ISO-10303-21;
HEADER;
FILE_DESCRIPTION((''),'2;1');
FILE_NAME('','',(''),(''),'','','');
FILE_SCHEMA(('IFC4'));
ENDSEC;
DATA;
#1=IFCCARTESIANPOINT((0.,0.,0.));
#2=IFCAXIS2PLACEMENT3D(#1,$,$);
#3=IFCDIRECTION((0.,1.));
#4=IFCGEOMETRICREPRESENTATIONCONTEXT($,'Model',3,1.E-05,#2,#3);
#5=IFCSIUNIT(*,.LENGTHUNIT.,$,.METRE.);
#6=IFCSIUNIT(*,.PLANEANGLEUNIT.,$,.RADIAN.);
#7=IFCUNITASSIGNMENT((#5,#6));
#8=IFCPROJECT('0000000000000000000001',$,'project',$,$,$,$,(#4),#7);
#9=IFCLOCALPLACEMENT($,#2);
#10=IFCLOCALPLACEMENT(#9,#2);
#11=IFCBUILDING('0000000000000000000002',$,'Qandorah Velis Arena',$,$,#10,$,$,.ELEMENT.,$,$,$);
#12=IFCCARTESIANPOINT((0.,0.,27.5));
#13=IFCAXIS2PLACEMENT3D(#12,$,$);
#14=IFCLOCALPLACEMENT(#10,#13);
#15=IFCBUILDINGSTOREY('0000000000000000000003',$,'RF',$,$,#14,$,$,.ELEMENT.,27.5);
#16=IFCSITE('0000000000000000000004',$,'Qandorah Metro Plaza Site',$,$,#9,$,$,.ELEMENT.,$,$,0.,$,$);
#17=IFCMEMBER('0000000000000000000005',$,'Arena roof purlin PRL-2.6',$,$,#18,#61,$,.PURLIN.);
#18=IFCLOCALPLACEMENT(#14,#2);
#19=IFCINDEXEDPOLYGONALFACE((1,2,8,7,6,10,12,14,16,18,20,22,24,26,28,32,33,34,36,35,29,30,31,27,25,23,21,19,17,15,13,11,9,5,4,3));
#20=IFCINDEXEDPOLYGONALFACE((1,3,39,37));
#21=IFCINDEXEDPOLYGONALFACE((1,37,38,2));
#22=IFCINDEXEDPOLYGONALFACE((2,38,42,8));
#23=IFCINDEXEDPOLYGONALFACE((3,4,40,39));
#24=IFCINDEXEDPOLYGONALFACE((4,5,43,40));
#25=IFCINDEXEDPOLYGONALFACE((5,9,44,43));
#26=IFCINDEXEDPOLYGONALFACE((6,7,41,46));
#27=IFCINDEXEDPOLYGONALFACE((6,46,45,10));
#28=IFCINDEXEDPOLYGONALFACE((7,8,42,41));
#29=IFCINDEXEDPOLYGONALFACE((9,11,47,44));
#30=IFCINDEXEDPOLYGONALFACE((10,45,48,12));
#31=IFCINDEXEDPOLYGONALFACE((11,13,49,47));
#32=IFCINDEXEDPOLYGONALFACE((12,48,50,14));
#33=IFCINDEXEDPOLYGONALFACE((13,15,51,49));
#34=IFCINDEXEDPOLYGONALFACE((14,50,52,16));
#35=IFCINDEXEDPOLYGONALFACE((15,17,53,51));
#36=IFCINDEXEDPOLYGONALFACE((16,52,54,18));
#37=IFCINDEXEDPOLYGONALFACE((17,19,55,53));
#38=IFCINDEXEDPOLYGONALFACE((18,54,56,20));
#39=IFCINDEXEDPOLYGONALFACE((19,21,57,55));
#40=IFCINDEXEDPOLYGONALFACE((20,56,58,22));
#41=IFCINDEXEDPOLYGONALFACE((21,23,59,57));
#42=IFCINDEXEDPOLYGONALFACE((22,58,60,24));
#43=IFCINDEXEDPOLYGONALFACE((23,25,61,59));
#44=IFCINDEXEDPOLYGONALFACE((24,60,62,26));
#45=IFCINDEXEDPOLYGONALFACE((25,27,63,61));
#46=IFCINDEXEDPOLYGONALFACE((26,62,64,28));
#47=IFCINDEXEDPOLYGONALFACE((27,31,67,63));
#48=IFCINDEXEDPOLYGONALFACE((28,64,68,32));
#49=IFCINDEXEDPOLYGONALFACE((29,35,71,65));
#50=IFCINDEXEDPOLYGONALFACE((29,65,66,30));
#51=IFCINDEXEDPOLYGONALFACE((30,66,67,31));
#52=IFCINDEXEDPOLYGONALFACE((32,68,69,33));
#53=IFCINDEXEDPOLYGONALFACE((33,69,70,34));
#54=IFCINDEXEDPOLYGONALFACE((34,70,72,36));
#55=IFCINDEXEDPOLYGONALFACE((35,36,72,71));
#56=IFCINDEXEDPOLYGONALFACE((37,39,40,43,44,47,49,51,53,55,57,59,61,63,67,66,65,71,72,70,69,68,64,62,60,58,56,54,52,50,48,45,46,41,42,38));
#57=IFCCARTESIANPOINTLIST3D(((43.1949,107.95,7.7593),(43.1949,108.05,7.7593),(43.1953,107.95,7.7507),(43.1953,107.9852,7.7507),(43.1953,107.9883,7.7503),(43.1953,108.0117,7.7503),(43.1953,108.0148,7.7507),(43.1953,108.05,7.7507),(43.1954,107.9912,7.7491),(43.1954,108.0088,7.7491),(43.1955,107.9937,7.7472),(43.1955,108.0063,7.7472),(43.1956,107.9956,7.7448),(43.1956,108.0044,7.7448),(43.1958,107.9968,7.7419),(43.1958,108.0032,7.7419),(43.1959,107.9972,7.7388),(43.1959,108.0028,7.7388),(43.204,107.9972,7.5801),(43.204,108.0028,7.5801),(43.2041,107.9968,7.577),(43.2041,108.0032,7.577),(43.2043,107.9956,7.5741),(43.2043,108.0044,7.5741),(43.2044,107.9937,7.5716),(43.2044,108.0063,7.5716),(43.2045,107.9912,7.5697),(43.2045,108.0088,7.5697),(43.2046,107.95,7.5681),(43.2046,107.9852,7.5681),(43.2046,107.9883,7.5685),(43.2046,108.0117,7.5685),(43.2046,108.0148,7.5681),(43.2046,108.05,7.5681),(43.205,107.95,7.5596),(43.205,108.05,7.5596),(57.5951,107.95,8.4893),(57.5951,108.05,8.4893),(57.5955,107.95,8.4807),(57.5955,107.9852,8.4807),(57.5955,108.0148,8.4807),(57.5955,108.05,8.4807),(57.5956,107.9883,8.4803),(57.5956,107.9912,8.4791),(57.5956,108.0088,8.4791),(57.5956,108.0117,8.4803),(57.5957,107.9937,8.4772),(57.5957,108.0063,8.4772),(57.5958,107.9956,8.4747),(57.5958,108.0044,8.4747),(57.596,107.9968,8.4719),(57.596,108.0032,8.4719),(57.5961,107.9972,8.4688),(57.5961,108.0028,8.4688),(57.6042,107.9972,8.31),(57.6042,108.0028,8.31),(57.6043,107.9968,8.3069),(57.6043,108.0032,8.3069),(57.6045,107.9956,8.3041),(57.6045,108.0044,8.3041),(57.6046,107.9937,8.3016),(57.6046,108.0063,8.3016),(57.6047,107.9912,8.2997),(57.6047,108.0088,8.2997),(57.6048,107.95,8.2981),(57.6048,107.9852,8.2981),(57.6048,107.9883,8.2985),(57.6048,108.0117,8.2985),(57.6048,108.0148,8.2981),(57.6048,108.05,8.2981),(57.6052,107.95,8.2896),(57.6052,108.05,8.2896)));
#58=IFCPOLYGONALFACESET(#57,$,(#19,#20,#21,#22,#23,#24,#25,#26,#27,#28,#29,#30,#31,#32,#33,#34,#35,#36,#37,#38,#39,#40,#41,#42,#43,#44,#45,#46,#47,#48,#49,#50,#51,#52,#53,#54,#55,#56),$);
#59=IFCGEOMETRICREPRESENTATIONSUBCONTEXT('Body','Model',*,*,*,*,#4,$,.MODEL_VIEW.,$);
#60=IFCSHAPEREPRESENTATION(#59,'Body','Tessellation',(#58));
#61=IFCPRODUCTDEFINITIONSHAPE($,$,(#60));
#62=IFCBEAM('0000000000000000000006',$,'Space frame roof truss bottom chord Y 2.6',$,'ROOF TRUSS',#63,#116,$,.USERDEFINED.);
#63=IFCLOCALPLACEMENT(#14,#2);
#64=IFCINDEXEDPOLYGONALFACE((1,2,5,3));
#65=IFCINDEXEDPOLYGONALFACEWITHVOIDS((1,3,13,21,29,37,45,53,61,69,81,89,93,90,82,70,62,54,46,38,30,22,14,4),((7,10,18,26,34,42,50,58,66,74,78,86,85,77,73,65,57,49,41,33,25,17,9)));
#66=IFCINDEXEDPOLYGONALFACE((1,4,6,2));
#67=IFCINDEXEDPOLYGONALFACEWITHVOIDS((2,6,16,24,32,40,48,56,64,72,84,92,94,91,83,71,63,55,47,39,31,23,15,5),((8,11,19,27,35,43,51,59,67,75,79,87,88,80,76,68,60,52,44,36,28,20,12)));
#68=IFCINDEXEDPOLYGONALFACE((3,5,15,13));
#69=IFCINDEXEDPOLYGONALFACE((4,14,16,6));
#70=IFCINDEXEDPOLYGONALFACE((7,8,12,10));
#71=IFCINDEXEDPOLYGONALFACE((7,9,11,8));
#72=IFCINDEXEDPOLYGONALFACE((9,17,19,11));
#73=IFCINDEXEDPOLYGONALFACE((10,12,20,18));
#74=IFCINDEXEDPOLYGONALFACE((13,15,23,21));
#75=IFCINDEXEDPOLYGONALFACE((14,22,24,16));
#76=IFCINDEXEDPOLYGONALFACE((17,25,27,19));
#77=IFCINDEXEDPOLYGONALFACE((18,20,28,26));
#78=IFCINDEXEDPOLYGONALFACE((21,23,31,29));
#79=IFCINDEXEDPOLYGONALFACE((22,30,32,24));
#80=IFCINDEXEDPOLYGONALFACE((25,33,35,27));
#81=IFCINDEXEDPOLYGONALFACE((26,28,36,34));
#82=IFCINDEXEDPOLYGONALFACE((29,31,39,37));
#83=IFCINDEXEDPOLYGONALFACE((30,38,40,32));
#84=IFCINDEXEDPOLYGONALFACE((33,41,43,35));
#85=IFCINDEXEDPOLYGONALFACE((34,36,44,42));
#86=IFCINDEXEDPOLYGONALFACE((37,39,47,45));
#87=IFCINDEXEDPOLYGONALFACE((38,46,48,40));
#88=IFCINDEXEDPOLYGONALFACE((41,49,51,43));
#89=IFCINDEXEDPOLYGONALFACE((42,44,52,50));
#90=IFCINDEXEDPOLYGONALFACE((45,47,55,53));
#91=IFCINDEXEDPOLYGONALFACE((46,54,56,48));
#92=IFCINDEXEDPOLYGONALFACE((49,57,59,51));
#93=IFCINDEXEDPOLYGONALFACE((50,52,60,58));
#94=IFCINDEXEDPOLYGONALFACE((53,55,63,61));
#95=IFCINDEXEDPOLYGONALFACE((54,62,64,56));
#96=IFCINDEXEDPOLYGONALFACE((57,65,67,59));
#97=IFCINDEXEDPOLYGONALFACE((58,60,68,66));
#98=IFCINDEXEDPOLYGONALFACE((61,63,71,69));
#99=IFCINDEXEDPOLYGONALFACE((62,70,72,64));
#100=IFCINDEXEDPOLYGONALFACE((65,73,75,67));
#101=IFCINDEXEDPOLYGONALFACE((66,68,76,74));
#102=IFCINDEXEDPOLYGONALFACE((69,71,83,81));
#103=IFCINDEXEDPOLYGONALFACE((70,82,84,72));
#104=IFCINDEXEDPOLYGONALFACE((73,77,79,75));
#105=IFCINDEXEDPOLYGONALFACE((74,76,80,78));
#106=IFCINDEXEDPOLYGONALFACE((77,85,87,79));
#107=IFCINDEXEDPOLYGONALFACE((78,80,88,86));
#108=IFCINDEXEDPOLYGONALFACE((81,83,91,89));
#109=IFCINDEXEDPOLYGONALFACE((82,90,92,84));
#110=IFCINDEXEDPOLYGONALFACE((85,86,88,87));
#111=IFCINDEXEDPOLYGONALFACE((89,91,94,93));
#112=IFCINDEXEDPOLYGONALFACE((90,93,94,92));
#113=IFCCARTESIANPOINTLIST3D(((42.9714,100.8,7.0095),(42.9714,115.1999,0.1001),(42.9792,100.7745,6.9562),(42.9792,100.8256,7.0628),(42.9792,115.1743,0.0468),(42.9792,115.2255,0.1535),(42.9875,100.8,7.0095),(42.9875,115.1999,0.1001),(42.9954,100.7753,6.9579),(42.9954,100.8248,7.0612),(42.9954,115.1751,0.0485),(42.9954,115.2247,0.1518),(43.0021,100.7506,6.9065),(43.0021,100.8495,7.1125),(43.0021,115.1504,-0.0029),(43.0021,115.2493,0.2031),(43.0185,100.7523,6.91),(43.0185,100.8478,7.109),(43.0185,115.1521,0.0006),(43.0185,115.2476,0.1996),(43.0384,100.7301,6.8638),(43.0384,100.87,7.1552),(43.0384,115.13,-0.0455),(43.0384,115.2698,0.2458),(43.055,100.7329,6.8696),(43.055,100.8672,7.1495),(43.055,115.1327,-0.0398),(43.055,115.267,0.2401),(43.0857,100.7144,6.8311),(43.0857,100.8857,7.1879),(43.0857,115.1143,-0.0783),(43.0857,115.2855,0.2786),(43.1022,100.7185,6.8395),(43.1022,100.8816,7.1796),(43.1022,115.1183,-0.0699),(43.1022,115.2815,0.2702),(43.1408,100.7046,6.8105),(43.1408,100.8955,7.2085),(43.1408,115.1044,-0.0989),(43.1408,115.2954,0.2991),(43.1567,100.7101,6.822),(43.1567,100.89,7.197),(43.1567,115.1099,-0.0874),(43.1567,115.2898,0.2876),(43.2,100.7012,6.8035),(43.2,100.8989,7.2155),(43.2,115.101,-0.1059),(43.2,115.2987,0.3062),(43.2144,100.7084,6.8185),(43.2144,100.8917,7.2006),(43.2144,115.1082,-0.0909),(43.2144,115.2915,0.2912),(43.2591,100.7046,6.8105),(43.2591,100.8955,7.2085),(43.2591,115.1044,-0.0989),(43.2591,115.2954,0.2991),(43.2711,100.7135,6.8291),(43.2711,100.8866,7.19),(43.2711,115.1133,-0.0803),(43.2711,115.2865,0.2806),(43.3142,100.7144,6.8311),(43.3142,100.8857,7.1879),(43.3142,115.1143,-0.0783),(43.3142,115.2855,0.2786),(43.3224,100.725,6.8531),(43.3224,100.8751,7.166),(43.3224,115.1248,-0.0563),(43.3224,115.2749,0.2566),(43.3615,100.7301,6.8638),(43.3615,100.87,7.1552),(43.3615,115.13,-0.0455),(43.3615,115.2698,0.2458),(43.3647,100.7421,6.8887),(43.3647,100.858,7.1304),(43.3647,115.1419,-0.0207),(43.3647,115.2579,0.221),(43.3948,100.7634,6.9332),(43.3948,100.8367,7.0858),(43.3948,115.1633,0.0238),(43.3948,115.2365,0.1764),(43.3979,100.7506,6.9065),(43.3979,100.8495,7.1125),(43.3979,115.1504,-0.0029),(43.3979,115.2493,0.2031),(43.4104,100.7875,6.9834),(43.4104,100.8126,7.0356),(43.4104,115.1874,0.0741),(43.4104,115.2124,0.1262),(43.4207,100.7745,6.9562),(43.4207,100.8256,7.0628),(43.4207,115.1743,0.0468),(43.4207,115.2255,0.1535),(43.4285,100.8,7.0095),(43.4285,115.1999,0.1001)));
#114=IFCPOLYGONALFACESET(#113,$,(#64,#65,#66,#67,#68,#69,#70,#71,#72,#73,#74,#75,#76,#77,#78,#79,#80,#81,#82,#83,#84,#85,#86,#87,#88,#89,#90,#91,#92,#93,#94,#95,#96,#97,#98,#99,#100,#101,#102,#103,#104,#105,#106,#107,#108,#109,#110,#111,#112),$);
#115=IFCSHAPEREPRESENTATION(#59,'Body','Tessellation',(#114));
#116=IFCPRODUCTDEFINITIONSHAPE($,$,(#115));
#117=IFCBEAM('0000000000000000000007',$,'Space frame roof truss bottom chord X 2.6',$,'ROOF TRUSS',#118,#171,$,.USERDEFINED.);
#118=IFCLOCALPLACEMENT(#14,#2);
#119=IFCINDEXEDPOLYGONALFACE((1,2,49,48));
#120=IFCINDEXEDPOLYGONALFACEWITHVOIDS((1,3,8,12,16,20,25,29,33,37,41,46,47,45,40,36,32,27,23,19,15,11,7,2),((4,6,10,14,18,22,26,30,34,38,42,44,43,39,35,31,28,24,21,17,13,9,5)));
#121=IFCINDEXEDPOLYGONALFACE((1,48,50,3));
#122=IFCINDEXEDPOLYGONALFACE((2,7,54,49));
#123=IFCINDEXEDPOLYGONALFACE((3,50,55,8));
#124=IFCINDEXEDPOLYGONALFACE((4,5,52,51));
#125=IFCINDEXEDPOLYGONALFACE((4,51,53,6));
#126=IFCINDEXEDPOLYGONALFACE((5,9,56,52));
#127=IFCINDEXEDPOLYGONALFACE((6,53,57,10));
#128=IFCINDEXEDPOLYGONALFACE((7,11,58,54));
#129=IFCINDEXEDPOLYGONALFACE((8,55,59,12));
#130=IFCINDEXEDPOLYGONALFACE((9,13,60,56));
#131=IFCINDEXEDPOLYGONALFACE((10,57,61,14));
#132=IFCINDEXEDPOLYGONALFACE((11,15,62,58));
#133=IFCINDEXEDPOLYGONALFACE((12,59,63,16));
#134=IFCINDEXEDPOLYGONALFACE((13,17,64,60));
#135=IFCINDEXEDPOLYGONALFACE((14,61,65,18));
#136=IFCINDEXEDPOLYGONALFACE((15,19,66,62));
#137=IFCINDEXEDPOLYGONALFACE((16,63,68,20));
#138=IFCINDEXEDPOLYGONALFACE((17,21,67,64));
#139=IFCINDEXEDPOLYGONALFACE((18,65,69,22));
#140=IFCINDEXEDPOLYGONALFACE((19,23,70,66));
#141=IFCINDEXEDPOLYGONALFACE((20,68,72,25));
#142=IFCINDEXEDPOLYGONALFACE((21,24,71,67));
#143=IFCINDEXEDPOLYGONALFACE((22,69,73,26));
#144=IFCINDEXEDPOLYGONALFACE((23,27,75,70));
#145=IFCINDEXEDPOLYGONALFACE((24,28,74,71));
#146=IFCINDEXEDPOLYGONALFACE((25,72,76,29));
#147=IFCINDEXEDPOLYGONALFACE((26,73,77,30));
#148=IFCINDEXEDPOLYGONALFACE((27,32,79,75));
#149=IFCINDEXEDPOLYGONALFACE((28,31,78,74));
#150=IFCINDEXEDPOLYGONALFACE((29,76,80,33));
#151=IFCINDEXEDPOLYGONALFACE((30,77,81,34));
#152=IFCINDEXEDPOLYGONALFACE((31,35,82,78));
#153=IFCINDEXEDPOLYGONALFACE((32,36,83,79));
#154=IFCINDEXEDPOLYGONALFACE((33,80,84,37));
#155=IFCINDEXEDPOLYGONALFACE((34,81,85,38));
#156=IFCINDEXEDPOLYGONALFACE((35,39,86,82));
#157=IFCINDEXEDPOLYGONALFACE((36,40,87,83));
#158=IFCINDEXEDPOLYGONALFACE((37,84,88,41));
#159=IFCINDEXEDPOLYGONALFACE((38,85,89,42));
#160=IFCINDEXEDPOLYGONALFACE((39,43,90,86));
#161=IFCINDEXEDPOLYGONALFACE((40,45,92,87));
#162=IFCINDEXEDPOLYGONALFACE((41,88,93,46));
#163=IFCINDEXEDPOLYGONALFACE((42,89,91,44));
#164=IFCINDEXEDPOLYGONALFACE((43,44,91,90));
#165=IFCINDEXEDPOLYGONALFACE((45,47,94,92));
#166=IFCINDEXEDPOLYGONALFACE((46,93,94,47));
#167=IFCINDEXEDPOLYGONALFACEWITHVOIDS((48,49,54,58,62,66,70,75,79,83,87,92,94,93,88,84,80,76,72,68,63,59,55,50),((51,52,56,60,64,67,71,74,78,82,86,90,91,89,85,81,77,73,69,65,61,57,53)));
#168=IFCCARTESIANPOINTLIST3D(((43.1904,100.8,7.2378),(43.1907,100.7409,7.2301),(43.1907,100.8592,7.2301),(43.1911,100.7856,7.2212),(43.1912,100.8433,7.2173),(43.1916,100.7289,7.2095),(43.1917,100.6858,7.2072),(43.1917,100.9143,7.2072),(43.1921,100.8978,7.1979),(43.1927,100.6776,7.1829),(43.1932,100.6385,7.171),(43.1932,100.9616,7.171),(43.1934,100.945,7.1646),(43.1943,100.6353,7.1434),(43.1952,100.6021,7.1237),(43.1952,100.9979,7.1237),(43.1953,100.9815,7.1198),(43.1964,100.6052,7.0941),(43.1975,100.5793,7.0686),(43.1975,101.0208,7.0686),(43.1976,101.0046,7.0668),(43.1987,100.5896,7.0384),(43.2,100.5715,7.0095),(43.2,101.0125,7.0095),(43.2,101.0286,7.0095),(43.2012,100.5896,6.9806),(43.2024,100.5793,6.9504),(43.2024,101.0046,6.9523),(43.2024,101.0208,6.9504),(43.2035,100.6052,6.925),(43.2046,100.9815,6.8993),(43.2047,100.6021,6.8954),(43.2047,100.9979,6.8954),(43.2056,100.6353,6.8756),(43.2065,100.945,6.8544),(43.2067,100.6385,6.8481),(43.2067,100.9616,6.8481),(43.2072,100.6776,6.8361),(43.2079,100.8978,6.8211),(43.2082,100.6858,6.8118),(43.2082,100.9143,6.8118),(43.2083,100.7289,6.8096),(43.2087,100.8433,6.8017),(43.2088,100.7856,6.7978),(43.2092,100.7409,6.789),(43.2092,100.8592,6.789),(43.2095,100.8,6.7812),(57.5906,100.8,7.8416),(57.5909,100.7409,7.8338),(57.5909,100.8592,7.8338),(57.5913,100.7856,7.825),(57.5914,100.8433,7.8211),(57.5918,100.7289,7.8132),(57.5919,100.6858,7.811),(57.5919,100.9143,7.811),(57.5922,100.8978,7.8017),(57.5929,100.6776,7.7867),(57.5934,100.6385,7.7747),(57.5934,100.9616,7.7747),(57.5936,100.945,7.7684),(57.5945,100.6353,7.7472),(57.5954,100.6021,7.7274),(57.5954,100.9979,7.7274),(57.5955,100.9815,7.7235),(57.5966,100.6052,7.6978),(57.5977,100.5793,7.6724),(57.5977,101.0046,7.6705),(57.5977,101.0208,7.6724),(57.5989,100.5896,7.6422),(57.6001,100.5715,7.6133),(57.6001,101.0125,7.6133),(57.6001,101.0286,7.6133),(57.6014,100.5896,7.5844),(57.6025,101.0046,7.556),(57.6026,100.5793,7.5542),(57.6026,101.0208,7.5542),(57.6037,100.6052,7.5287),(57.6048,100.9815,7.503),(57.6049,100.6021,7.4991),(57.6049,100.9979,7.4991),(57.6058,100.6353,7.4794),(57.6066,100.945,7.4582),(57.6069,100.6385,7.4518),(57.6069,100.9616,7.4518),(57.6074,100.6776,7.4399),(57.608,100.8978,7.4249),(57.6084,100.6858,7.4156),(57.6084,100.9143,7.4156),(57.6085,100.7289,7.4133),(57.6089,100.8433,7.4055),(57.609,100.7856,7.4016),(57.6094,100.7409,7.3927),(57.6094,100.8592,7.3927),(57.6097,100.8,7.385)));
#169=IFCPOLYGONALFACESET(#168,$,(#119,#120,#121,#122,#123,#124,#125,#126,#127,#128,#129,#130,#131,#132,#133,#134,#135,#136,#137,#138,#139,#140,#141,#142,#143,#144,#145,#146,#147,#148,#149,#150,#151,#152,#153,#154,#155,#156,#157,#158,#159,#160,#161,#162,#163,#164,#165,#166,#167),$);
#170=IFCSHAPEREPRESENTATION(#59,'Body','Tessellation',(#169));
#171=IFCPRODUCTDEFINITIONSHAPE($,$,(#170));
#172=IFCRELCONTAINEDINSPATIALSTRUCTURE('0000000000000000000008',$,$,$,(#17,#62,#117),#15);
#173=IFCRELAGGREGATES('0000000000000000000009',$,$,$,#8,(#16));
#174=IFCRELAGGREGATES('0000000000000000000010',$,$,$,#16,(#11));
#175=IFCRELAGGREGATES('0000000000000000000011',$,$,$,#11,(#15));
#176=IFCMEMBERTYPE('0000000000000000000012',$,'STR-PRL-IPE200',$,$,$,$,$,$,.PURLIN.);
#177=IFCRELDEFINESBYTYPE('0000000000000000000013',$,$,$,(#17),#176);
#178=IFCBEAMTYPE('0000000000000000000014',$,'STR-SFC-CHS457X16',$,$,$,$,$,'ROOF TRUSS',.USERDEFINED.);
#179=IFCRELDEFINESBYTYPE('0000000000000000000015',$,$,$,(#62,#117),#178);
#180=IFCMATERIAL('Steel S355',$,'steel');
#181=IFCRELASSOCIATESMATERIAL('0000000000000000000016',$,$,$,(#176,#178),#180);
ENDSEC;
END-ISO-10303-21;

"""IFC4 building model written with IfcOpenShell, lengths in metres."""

from ifc_helpers import new_model, si_unit, direction, frame, origin, origin_2d, place, context, subcontext, project, spatial, hollow_circle, i_section, extrude, material, material_profile, profile_set, type_object, element, save


model = new_model("IFC4")

# Units and contexts
model_context = context("Model", 3, precision=1e-05, world=origin(), true_north=direction((0.0, 1.0)))
body_context = subcontext(model_context, "Body", "Model", "MODEL_VIEW")
ifc_project = project(units=[si_unit("LENGTHUNIT", "METRE"), si_unit("PLANEANGLEUNIT", "RADIAN")], contexts=[model_context])

# Site, building, storey
site_placement = place(None, origin())
site = spatial("IfcSite", under=ifc_project, at=site_placement, Name="Qandorah Metro Plaza Site", CompositionType="ELEMENT", RefElevation=0.0)
building_placement = place(site_placement, origin())
building = spatial("IfcBuilding", under=site, at=building_placement, Name="Qandorah Velis Arena", CompositionType="ELEMENT")
storey_placement = place(building_placement, frame((0.0, 0.0, 27.5)))
storey = spatial("IfcBuildingStorey", under=building, at=storey_placement, Name="RF", CompositionType="ELEMENT", Elevation=27.5)

# Member
ifc_material_1 = material(Name="Steel S355", Category="steel")
ifc_material_profile_1 = material_profile(ifc_material_1, i_section(OverallWidth=0.1001, OverallDepth=0.2, WebThickness=0.0056, FlangeThickness=0.0085, FilletRadius=0.012, at=origin_2d()), Name="IPE 200")
ifc_profile_set_1 = profile_set([ifc_material_profile_1], Name="Steel S355")
member_type_1 = type_object("IfcMemberType", Name="STR-PRL-IPE200", PredefinedType="PURLIN", material=ifc_profile_set_1)
member_1_placement = place(storey_placement, frame((43.2, 108.0, 7.6594), z_axis=(0.998718, 0.0, 0.050628), x_axis=(0.0, 1.0, 0.0)))
element("IfcMember", 1, at=member_1_placement, inside=storey, type_object=member_type_1, Name="Arena roof purlin PRL-2.6", PredefinedType="PURLIN", context=body_context, shape_type="SweptSolid", body=[
    extrude(i_section(OverallWidth=0.1001, OverallDepth=0.2, WebThickness=0.0056, FlangeThickness=0.0085, FilletRadius=0.012, at=origin_2d()), origin(), (0.0, 0.0, 1.0), 14.4187),
])

# Beams
ifc_material_profile_2 = material_profile(ifc_material_1, hollow_circle(Radius=0.2285, WallThickness=0.0161, at=origin_2d()), Name="CHS 457x16")
ifc_profile_set_2 = profile_set([ifc_material_profile_2], Name="Steel S355")
beam_type_1 = type_object("IfcBeamType", Name="STR-SFC-CHS457X16", ElementType="ROOF TRUSS", PredefinedType="USERDEFINED", material=ifc_profile_set_2)
beam_1_placement = place(storey_placement, frame((43.2, 100.8, 7.0095), z_axis=(0.0, 0.901585, -0.432602), x_axis=(-1.0, 0.0, 0.0)))
element("IfcBeam", 2, at=beam_1_placement, inside=storey, type_object=beam_type_1, Name="Space frame roof truss bottom chord Y 2.6", ObjectType="ROOF TRUSS", PredefinedType="USERDEFINED", context=body_context, shape_type="SweptSolid", body=[
    extrude(hollow_circle(Radius=0.2285, WallThickness=0.0161, at=origin_2d()), origin(), (0.0, 0.0, 1.0), 15.9717),
])
beam_2_placement = place(storey_placement, frame((43.2, 100.8, 7.0095), z_axis=(0.999122, 0.0, 0.041891), x_axis=(0.0, 1.0, 0.0)))
element("IfcBeam", 3, at=beam_2_placement, inside=storey, type_object=beam_type_1, Name="Space frame roof truss bottom chord X 2.6", ObjectType="ROOF TRUSS", PredefinedType="USERDEFINED", context=body_context, shape_type="SweptSolid", body=[
    extrude(hollow_circle(Radius=0.2285, WallThickness=0.0161, at=origin_2d()), origin(), (0.0, 0.0, 1.0), 14.4128),
])

save(model, "model.ifc")
